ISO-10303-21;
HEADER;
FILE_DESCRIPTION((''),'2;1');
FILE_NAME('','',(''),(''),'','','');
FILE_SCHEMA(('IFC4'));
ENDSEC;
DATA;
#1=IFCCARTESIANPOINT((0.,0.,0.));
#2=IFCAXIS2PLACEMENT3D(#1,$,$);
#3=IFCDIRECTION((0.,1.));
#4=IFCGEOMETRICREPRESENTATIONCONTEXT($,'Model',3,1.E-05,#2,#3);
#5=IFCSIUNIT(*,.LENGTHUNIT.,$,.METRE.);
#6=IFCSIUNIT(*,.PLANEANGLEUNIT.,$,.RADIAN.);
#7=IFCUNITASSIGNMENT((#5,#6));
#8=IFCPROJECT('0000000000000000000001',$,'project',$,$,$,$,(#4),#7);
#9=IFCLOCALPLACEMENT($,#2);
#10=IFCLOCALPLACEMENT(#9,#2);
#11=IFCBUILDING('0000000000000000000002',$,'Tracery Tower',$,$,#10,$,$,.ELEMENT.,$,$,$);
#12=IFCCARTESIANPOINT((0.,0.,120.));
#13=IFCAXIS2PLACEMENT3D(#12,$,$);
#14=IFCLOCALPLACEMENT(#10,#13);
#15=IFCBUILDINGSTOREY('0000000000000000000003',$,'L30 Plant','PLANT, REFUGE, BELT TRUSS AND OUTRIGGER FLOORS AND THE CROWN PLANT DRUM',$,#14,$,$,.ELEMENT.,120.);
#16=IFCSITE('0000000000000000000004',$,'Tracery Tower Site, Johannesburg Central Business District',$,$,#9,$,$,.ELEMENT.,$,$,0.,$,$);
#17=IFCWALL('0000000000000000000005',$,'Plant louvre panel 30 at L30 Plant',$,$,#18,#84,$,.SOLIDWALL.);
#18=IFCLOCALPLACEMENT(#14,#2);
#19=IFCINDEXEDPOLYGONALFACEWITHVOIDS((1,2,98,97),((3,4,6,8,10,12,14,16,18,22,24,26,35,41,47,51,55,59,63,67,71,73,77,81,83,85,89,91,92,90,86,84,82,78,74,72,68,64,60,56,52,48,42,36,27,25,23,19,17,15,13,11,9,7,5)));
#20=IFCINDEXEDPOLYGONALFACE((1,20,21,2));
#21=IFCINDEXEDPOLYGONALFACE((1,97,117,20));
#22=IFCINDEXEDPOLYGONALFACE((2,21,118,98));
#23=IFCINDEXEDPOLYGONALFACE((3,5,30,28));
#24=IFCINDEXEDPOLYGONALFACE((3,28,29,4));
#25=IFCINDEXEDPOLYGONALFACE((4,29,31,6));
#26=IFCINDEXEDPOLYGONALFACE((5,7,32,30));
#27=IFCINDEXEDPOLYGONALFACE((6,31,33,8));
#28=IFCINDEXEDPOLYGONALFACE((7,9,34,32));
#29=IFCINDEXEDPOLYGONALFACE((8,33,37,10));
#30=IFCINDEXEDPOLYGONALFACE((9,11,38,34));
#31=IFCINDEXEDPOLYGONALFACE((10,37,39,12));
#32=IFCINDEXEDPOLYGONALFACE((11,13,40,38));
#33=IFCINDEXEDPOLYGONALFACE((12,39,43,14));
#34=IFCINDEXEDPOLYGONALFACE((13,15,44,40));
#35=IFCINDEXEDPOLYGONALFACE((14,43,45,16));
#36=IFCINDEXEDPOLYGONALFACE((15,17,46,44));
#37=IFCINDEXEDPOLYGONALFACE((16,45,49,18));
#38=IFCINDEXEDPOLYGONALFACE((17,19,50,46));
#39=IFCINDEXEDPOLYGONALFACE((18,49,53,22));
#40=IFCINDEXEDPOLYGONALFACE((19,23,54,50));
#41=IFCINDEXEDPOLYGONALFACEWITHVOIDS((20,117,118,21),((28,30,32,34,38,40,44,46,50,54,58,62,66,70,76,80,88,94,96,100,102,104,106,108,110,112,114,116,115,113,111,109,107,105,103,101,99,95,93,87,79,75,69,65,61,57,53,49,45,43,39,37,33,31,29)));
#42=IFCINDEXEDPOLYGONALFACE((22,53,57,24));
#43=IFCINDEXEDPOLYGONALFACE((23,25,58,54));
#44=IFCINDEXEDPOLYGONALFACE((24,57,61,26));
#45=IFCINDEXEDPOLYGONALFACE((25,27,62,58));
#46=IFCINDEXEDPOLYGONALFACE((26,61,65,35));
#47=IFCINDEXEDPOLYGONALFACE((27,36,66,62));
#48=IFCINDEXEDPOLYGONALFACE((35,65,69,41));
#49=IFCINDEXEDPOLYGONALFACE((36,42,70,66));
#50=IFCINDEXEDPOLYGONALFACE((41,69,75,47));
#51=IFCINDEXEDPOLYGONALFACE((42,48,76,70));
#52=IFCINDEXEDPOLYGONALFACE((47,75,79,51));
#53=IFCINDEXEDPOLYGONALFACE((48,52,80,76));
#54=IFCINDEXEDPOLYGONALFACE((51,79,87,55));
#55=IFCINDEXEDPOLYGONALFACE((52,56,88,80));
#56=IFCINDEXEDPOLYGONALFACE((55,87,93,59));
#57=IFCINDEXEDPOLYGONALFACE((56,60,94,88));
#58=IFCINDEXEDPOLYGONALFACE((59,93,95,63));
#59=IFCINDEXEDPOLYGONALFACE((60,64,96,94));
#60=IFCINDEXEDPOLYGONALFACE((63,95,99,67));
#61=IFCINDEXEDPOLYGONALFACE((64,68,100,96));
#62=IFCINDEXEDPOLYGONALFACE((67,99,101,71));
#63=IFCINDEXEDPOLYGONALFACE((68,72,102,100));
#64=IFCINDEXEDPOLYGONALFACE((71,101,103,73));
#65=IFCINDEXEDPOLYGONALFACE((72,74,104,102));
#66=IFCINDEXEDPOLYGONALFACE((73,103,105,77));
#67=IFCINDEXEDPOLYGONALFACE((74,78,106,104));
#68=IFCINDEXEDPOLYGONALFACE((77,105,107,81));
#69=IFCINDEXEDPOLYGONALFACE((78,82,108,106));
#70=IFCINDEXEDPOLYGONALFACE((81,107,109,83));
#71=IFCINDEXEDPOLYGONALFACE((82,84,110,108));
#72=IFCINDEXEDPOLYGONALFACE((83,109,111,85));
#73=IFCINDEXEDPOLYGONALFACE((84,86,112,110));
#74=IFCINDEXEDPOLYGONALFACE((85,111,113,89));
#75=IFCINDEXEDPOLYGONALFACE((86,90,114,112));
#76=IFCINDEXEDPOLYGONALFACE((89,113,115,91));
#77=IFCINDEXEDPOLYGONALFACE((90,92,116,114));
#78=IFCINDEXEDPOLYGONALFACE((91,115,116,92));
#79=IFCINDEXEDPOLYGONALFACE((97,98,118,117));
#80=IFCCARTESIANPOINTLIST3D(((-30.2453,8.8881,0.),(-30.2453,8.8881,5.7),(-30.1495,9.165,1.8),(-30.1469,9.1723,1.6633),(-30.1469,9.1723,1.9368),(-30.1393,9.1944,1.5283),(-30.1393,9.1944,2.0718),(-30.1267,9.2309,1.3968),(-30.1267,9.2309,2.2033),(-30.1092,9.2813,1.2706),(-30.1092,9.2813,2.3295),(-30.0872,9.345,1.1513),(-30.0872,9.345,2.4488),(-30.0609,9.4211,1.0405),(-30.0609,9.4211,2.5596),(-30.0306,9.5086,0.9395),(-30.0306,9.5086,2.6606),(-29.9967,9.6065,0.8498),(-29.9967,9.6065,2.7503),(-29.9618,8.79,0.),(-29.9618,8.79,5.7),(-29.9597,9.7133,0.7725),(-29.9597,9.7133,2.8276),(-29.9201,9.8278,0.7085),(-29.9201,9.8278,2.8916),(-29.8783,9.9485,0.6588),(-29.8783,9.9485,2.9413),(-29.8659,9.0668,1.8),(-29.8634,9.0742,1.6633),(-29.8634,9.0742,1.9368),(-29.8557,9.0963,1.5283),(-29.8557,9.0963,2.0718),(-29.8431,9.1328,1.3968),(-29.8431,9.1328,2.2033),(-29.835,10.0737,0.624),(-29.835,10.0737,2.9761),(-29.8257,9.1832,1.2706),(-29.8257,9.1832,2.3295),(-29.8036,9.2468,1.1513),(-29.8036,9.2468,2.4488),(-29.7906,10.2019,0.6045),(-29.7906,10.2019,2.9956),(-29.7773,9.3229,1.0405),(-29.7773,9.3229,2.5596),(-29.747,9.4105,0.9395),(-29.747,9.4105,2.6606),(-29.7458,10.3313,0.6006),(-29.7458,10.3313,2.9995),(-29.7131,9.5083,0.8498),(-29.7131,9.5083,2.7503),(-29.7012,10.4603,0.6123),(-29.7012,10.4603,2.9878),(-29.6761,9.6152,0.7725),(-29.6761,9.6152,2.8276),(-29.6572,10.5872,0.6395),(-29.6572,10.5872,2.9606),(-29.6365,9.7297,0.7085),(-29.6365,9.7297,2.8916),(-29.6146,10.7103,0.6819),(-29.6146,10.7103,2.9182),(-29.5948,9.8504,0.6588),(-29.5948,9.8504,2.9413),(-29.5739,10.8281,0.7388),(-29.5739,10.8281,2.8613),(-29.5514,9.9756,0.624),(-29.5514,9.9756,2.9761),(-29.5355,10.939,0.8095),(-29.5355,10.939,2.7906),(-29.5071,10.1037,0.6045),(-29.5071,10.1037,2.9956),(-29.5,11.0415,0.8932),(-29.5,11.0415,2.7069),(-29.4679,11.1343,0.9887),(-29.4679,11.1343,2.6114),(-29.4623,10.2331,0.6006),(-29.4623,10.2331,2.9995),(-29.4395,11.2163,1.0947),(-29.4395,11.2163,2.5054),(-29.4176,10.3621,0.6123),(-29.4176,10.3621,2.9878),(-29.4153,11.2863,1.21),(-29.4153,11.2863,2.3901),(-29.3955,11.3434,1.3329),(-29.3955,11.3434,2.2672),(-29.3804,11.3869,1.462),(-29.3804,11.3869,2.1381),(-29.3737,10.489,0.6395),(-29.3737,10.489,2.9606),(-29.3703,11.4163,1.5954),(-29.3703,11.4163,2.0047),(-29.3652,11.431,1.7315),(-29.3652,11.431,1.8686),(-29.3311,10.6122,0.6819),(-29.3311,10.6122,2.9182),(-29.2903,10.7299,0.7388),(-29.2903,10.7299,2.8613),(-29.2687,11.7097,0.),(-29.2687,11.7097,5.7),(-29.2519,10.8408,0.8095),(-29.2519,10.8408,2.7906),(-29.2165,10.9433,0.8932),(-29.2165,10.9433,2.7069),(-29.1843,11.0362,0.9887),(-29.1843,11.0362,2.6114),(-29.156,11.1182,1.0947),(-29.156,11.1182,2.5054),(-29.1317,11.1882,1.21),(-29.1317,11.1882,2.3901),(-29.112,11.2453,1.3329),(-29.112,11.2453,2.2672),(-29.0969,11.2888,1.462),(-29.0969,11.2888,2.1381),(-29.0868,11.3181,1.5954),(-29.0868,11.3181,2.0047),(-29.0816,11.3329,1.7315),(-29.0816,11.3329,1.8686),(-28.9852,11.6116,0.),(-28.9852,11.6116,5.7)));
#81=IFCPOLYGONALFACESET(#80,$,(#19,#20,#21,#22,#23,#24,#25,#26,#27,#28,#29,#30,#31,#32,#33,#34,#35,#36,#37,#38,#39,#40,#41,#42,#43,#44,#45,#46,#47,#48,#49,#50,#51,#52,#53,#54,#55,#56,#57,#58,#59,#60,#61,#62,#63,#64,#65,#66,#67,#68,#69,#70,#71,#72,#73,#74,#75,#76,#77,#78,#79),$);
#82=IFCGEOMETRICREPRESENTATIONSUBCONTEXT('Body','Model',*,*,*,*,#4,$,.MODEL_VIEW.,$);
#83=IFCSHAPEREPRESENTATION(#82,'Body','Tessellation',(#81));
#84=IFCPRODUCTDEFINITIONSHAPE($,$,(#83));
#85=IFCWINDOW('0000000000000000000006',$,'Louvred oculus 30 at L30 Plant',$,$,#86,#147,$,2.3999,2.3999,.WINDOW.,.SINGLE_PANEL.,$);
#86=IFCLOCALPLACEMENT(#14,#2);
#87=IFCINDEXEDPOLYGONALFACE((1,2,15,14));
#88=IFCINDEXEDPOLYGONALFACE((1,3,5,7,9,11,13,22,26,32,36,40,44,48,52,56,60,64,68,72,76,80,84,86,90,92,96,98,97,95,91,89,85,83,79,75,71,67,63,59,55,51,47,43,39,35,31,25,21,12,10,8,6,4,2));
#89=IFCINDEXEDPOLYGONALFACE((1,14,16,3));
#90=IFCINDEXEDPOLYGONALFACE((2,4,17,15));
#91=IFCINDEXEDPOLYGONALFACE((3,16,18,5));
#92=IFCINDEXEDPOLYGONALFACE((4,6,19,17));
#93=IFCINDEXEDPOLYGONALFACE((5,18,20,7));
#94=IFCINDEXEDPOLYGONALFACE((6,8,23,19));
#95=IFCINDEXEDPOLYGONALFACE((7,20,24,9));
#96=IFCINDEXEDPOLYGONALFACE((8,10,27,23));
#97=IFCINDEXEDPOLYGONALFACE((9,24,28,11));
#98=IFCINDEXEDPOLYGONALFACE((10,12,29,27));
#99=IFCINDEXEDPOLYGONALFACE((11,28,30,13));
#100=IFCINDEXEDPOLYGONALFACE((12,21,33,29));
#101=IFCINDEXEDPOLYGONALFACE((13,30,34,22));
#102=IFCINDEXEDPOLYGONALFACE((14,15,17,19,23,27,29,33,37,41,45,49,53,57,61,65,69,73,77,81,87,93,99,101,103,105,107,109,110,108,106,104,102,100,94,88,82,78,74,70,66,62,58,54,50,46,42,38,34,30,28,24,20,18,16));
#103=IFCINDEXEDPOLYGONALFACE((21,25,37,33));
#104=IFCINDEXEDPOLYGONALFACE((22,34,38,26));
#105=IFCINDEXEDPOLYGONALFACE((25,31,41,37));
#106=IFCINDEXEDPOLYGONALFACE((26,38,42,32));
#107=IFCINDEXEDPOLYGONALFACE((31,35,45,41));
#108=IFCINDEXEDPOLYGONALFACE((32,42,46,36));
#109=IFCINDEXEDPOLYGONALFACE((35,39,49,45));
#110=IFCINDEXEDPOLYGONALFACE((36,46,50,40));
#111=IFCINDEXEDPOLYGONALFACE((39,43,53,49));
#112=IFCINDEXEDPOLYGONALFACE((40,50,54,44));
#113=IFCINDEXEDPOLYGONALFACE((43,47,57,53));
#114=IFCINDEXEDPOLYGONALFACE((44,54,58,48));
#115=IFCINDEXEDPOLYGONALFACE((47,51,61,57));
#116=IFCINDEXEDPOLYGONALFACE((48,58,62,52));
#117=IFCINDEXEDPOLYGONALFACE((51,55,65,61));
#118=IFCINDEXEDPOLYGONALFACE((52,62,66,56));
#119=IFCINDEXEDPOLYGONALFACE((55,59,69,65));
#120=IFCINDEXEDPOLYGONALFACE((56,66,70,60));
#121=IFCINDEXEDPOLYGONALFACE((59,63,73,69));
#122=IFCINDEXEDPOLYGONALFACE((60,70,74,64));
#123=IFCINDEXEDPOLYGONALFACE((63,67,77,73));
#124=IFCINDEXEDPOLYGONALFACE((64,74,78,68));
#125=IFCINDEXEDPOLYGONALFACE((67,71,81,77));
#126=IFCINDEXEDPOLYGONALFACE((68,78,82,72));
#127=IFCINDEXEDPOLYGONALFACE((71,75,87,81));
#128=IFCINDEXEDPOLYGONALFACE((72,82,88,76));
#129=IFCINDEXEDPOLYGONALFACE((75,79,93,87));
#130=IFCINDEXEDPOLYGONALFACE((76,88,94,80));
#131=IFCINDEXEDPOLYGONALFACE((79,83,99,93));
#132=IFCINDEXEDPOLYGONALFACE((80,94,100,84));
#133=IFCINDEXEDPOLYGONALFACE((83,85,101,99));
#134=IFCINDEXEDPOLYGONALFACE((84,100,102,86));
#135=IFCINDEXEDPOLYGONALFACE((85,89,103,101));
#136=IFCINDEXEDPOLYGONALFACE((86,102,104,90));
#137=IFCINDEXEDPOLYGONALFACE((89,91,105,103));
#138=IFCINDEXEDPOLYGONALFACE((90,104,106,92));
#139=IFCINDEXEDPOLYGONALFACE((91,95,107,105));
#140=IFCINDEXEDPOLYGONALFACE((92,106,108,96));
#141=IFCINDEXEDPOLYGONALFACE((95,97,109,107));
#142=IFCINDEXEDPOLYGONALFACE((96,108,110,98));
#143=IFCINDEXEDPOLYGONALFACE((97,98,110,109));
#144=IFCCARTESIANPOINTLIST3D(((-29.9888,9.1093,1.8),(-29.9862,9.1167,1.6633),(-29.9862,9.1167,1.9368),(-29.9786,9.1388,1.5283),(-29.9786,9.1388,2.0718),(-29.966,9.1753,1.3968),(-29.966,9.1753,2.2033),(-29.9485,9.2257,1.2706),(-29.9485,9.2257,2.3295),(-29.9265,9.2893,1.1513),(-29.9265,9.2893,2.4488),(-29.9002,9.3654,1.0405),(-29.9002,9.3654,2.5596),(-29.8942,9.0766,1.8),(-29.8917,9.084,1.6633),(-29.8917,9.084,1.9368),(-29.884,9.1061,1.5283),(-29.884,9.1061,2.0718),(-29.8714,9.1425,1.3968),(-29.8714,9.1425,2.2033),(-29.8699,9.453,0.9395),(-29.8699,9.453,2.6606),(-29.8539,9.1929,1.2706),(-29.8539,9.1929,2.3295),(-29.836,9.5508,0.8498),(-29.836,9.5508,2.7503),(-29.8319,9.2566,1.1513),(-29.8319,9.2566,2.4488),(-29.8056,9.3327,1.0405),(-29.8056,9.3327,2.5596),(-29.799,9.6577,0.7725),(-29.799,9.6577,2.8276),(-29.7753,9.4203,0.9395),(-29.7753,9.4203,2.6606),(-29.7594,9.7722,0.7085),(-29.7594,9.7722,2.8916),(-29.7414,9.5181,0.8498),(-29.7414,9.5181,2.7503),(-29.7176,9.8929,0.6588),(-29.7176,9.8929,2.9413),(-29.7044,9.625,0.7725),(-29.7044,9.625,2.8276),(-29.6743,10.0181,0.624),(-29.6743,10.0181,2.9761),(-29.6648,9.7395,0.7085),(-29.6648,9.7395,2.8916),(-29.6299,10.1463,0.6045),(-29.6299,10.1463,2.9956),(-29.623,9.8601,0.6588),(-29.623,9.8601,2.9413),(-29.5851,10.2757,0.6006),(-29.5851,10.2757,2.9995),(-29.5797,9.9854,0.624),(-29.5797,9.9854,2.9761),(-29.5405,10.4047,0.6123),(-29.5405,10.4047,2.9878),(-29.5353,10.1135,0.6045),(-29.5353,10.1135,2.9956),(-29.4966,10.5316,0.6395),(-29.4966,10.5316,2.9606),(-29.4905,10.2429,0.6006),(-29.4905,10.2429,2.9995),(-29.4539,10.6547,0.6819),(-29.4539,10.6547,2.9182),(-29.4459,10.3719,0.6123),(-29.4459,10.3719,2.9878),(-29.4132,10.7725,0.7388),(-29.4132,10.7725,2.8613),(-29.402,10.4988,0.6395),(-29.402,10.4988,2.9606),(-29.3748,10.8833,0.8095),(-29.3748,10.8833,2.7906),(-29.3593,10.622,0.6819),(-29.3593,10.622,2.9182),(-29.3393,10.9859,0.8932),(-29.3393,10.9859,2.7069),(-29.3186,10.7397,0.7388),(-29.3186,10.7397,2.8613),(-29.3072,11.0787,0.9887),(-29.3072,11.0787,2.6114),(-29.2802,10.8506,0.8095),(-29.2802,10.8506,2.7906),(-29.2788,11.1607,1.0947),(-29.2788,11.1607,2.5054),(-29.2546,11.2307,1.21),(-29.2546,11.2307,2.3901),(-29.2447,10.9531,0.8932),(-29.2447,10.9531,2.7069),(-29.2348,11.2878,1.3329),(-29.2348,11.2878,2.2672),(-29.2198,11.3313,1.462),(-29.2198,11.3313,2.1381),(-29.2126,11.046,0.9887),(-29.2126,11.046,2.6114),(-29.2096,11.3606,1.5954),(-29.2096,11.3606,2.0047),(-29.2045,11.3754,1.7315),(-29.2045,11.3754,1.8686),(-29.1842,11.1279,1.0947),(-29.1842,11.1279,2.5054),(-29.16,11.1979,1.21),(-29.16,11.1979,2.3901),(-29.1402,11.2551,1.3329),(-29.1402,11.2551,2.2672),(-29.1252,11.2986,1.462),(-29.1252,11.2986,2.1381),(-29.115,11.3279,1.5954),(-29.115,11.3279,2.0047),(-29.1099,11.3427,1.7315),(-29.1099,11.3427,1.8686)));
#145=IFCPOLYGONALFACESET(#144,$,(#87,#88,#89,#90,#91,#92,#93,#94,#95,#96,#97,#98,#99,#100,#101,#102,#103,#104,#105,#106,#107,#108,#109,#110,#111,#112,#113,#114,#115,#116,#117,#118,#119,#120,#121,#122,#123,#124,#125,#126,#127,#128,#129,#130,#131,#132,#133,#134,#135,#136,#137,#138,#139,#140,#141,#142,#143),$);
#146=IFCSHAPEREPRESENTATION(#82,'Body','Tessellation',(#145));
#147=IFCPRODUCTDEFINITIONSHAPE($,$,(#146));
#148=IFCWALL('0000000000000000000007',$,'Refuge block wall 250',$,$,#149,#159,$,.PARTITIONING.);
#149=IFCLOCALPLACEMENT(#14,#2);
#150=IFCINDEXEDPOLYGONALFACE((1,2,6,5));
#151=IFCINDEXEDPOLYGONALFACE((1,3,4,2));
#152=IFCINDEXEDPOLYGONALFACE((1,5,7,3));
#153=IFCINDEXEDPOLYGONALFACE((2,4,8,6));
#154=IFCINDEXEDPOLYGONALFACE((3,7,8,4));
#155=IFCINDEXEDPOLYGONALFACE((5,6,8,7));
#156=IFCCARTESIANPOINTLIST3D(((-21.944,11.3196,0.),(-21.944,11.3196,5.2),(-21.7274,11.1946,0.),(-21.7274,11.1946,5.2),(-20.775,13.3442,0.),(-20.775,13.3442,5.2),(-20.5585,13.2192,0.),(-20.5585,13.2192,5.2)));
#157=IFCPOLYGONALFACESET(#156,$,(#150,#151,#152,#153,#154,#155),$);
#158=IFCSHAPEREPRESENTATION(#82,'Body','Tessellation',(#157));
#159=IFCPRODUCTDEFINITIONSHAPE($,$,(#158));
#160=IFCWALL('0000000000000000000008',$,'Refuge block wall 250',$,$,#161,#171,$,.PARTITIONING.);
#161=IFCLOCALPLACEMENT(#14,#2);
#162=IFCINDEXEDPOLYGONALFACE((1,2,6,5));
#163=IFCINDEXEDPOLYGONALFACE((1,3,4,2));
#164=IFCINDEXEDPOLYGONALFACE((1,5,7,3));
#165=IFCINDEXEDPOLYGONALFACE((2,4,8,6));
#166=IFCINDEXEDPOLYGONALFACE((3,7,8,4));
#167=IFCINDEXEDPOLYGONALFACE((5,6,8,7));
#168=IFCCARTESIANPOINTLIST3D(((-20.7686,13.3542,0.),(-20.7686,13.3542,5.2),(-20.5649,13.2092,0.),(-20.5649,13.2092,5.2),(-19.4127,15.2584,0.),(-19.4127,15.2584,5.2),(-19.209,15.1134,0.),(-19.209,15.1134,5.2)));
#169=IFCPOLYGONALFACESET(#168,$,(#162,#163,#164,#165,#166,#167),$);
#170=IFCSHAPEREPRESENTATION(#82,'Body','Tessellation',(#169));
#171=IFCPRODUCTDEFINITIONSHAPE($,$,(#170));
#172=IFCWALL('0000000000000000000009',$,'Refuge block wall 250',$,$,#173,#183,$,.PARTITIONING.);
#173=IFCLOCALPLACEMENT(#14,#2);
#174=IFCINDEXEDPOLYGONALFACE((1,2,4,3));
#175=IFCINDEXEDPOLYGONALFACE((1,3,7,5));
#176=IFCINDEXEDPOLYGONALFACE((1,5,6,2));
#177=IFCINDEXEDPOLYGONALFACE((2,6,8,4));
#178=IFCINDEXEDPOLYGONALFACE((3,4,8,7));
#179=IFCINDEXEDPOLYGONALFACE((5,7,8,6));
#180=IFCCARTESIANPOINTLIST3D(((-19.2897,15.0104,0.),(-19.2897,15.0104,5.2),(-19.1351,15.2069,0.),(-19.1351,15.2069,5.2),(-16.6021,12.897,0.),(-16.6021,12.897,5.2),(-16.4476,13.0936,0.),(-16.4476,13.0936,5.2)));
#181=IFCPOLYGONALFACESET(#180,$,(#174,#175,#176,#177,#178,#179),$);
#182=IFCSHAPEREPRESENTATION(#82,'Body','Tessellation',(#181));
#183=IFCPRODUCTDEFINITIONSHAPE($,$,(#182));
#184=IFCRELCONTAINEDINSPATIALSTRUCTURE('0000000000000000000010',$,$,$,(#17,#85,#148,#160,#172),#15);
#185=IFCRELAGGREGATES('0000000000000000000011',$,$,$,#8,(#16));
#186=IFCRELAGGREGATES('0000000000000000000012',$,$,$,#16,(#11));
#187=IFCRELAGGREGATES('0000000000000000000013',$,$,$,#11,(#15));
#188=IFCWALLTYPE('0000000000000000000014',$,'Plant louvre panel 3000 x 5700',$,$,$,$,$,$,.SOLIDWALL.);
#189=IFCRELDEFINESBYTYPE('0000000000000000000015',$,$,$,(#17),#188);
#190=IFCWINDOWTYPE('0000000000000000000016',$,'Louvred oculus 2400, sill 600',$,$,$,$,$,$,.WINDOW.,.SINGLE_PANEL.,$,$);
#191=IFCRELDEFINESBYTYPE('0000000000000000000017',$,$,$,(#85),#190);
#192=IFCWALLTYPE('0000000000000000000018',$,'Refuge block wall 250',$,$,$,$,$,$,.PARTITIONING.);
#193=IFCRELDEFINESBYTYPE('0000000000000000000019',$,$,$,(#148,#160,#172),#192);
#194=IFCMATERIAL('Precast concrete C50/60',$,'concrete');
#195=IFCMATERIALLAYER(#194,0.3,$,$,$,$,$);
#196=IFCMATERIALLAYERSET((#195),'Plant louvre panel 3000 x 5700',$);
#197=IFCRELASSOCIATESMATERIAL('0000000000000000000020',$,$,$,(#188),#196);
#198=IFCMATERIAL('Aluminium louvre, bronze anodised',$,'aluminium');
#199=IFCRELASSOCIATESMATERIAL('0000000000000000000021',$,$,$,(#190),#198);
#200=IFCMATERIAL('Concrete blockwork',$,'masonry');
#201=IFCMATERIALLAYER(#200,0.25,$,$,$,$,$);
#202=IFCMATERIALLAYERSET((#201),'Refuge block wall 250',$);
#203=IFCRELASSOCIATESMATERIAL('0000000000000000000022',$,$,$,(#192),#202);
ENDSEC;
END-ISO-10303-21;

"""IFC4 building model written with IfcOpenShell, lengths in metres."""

from ifc_helpers import new_model, si_unit, direction, frame, frame_2d, origin, origin_2d, place, context, subcontext, project, spatial, rectangle, circle, extrude, material, layer, layer_set, type_object, element, fill, save


model = new_model("IFC4")

# Units and contexts
model_context = context("Model", 3, precision=1e-05, world=origin(), true_north=direction((0.0, 1.0)))
body_context = subcontext(model_context, "Body", "Model", "MODEL_VIEW")
ifc_project = project(units=[si_unit("LENGTHUNIT", "METRE"), si_unit("PLANEANGLEUNIT", "RADIAN")], contexts=[model_context])

# Site, building, storey
site_placement = place(None, origin())
site = spatial("IfcSite", under=ifc_project, at=site_placement, Name="Tracery Tower Site, Johannesburg Central Business District", CompositionType="ELEMENT", RefElevation=0.0)
building_placement = place(site_placement, origin())
building = spatial("IfcBuilding", under=site, at=building_placement, Name="Tracery Tower", CompositionType="ELEMENT")
storey_placement = place(building_placement, frame((0.0, 0.0, 120.0)))
storey = spatial("IfcBuildingStorey", under=building, at=storey_placement, Name="L30 Plant", Description="PLANT, REFUGE, BELT TRUSS AND OUTRIGGER FLOORS AND THE CROWN PLANT DRUM", CompositionType="ELEMENT", Elevation=120.0)

# Wall, opening, window
ifc_material_1 = material(Name="Precast concrete C50/60", Category="concrete")
ifc_layer_1 = layer(ifc_material_1, 0.3)
ifc_layer_set_1 = layer_set([ifc_layer_1], Name="Plant louvre panel 3000 x 5700")
wall_type_1 = type_object("IfcWallType", Name="Plant louvre panel 3000 x 5700", PredefinedType="SOLIDWALL", material=ifc_layer_set_1)
ifc_material_2 = material(Name="Aluminium louvre, bronze anodised", Category="aluminium")
window_type = type_object("IfcWindowType", Name="Louvred oculus 2400, sill 600", PartitioningType="SINGLE_PANEL", PredefinedType="WINDOW", material=ifc_material_2)
wall_1_placement = place(storey_placement, frame((-29.127, 11.6606, 0.0), z_axis=(0.0, 0.0, 1.0), x_axis=(-0.327074, -0.944999, 0.0)))
wall_1 = element("IfcWall", 1, at=wall_1_placement, inside=storey, type_object=wall_type_1, Name="Plant louvre panel 30 at L30 Plant", PredefinedType="SOLIDWALL", context=body_context, shape_type="SweptSolid", body=[
    extrude(rectangle(XDim=2.9858, YDim=0.3, at=frame_2d((1.4929, 0.0))), origin(), (0.0, 0.0, 1.0), 5.7),
])
opening_1_placement = place(wall_1_placement, frame((1.4929, 0.0, 1.8)))
opening_1 = element("IfcOpeningElement", 2, at=opening_1_placement, cuts=wall_1, PredefinedType="OPENING", context=body_context, shape_type="SweptSolid", body=[
    extrude(circle(Radius=1.2, at=origin_2d()), frame((0.0, 0.1599, 0.0), z_axis=(0.0, -1.0, 0.0), x_axis=(1.0, 0.0, 0.0)), (0.0, 0.0, 1.0), 0.3201),
])
window_1_placement = place(opening_1_placement, origin())
window_1 = element("IfcWindow", 3, at=window_1_placement, inside=storey, type_object=window_type, Name="Louvred oculus 30 at L30 Plant", OverallHeight=2.3999, OverallWidth=2.3999, PartitioningType="SINGLE_PANEL", PredefinedType="WINDOW", context=body_context, shape_type="SweptSolid", body=[
    extrude(circle(Radius=1.2, at=origin_2d()), frame((0.0, 0.1201, 0.0), z_axis=(0.0, -1.0, 0.0), x_axis=(1.0, 0.0, 0.0)), (0.0, 0.0, 1.0), 0.1001),
])
fill(opening_1, window_1)

# Walls
ifc_material_3 = material(Name="Concrete blockwork", Category="masonry")
ifc_layer_2 = layer(ifc_material_3, 0.25)
ifc_layer_set_2 = layer_set([ifc_layer_2], Name="Refuge block wall 250")
wall_type_2 = type_object("IfcWallType", Name="Refuge block wall 250", PredefinedType="PARTITIONING", material=ifc_layer_set_2)
wall_2_placement = place(storey_placement, frame((-20.6667, 13.2817, 0.0), z_axis=(0.0, 0.0, 1.0), x_axis=(-0.500003, -0.866024, 0.0)))
element("IfcWall", 4, at=wall_2_placement, inside=storey, type_object=wall_type_2, Name="Refuge block wall 250", PredefinedType="PARTITIONING", context=body_context, shape_type="SweptSolid", body=[
    extrude(rectangle(XDim=2.3379, YDim=0.25, at=frame_2d((1.1689, 0.0))), origin(), (0.0, 0.0, 1.0), 5.2),
])
wall_3_placement = place(storey_placement, frame((-19.3108, 15.186, 0.0), z_axis=(0.0, 0.0, 1.0), x_axis=(-0.580032, -0.814593, 0.0)))
element("IfcWall", 5, at=wall_3_placement, inside=storey, type_object=wall_type_2, Name="Refuge block wall 250", PredefinedType="PARTITIONING", context=body_context, shape_type="SweptSolid", body=[
    extrude(rectangle(XDim=2.3376, YDim=0.25, at=frame_2d((1.1689, 0.0))), origin(), (0.0, 0.0, 1.0), 5.2),
])
wall_4_placement = place(storey_placement, frame((-19.2124, 15.1086, 0.0), z_axis=(0.0, 0.0, 1.0), x_axis=(0.78608, -0.618124, 0.0)))
element("IfcWall", 6, at=wall_4_placement, inside=storey, type_object=wall_type_2, Name="Refuge block wall 250", PredefinedType="PARTITIONING", context=body_context, shape_type="SweptSolid", body=[
    extrude(rectangle(XDim=3.4189, YDim=0.25, at=frame_2d((1.7095, 0.0))), origin(), (0.0, 0.0, 1.0), 5.2),
])

save(model, "model.ifc")
